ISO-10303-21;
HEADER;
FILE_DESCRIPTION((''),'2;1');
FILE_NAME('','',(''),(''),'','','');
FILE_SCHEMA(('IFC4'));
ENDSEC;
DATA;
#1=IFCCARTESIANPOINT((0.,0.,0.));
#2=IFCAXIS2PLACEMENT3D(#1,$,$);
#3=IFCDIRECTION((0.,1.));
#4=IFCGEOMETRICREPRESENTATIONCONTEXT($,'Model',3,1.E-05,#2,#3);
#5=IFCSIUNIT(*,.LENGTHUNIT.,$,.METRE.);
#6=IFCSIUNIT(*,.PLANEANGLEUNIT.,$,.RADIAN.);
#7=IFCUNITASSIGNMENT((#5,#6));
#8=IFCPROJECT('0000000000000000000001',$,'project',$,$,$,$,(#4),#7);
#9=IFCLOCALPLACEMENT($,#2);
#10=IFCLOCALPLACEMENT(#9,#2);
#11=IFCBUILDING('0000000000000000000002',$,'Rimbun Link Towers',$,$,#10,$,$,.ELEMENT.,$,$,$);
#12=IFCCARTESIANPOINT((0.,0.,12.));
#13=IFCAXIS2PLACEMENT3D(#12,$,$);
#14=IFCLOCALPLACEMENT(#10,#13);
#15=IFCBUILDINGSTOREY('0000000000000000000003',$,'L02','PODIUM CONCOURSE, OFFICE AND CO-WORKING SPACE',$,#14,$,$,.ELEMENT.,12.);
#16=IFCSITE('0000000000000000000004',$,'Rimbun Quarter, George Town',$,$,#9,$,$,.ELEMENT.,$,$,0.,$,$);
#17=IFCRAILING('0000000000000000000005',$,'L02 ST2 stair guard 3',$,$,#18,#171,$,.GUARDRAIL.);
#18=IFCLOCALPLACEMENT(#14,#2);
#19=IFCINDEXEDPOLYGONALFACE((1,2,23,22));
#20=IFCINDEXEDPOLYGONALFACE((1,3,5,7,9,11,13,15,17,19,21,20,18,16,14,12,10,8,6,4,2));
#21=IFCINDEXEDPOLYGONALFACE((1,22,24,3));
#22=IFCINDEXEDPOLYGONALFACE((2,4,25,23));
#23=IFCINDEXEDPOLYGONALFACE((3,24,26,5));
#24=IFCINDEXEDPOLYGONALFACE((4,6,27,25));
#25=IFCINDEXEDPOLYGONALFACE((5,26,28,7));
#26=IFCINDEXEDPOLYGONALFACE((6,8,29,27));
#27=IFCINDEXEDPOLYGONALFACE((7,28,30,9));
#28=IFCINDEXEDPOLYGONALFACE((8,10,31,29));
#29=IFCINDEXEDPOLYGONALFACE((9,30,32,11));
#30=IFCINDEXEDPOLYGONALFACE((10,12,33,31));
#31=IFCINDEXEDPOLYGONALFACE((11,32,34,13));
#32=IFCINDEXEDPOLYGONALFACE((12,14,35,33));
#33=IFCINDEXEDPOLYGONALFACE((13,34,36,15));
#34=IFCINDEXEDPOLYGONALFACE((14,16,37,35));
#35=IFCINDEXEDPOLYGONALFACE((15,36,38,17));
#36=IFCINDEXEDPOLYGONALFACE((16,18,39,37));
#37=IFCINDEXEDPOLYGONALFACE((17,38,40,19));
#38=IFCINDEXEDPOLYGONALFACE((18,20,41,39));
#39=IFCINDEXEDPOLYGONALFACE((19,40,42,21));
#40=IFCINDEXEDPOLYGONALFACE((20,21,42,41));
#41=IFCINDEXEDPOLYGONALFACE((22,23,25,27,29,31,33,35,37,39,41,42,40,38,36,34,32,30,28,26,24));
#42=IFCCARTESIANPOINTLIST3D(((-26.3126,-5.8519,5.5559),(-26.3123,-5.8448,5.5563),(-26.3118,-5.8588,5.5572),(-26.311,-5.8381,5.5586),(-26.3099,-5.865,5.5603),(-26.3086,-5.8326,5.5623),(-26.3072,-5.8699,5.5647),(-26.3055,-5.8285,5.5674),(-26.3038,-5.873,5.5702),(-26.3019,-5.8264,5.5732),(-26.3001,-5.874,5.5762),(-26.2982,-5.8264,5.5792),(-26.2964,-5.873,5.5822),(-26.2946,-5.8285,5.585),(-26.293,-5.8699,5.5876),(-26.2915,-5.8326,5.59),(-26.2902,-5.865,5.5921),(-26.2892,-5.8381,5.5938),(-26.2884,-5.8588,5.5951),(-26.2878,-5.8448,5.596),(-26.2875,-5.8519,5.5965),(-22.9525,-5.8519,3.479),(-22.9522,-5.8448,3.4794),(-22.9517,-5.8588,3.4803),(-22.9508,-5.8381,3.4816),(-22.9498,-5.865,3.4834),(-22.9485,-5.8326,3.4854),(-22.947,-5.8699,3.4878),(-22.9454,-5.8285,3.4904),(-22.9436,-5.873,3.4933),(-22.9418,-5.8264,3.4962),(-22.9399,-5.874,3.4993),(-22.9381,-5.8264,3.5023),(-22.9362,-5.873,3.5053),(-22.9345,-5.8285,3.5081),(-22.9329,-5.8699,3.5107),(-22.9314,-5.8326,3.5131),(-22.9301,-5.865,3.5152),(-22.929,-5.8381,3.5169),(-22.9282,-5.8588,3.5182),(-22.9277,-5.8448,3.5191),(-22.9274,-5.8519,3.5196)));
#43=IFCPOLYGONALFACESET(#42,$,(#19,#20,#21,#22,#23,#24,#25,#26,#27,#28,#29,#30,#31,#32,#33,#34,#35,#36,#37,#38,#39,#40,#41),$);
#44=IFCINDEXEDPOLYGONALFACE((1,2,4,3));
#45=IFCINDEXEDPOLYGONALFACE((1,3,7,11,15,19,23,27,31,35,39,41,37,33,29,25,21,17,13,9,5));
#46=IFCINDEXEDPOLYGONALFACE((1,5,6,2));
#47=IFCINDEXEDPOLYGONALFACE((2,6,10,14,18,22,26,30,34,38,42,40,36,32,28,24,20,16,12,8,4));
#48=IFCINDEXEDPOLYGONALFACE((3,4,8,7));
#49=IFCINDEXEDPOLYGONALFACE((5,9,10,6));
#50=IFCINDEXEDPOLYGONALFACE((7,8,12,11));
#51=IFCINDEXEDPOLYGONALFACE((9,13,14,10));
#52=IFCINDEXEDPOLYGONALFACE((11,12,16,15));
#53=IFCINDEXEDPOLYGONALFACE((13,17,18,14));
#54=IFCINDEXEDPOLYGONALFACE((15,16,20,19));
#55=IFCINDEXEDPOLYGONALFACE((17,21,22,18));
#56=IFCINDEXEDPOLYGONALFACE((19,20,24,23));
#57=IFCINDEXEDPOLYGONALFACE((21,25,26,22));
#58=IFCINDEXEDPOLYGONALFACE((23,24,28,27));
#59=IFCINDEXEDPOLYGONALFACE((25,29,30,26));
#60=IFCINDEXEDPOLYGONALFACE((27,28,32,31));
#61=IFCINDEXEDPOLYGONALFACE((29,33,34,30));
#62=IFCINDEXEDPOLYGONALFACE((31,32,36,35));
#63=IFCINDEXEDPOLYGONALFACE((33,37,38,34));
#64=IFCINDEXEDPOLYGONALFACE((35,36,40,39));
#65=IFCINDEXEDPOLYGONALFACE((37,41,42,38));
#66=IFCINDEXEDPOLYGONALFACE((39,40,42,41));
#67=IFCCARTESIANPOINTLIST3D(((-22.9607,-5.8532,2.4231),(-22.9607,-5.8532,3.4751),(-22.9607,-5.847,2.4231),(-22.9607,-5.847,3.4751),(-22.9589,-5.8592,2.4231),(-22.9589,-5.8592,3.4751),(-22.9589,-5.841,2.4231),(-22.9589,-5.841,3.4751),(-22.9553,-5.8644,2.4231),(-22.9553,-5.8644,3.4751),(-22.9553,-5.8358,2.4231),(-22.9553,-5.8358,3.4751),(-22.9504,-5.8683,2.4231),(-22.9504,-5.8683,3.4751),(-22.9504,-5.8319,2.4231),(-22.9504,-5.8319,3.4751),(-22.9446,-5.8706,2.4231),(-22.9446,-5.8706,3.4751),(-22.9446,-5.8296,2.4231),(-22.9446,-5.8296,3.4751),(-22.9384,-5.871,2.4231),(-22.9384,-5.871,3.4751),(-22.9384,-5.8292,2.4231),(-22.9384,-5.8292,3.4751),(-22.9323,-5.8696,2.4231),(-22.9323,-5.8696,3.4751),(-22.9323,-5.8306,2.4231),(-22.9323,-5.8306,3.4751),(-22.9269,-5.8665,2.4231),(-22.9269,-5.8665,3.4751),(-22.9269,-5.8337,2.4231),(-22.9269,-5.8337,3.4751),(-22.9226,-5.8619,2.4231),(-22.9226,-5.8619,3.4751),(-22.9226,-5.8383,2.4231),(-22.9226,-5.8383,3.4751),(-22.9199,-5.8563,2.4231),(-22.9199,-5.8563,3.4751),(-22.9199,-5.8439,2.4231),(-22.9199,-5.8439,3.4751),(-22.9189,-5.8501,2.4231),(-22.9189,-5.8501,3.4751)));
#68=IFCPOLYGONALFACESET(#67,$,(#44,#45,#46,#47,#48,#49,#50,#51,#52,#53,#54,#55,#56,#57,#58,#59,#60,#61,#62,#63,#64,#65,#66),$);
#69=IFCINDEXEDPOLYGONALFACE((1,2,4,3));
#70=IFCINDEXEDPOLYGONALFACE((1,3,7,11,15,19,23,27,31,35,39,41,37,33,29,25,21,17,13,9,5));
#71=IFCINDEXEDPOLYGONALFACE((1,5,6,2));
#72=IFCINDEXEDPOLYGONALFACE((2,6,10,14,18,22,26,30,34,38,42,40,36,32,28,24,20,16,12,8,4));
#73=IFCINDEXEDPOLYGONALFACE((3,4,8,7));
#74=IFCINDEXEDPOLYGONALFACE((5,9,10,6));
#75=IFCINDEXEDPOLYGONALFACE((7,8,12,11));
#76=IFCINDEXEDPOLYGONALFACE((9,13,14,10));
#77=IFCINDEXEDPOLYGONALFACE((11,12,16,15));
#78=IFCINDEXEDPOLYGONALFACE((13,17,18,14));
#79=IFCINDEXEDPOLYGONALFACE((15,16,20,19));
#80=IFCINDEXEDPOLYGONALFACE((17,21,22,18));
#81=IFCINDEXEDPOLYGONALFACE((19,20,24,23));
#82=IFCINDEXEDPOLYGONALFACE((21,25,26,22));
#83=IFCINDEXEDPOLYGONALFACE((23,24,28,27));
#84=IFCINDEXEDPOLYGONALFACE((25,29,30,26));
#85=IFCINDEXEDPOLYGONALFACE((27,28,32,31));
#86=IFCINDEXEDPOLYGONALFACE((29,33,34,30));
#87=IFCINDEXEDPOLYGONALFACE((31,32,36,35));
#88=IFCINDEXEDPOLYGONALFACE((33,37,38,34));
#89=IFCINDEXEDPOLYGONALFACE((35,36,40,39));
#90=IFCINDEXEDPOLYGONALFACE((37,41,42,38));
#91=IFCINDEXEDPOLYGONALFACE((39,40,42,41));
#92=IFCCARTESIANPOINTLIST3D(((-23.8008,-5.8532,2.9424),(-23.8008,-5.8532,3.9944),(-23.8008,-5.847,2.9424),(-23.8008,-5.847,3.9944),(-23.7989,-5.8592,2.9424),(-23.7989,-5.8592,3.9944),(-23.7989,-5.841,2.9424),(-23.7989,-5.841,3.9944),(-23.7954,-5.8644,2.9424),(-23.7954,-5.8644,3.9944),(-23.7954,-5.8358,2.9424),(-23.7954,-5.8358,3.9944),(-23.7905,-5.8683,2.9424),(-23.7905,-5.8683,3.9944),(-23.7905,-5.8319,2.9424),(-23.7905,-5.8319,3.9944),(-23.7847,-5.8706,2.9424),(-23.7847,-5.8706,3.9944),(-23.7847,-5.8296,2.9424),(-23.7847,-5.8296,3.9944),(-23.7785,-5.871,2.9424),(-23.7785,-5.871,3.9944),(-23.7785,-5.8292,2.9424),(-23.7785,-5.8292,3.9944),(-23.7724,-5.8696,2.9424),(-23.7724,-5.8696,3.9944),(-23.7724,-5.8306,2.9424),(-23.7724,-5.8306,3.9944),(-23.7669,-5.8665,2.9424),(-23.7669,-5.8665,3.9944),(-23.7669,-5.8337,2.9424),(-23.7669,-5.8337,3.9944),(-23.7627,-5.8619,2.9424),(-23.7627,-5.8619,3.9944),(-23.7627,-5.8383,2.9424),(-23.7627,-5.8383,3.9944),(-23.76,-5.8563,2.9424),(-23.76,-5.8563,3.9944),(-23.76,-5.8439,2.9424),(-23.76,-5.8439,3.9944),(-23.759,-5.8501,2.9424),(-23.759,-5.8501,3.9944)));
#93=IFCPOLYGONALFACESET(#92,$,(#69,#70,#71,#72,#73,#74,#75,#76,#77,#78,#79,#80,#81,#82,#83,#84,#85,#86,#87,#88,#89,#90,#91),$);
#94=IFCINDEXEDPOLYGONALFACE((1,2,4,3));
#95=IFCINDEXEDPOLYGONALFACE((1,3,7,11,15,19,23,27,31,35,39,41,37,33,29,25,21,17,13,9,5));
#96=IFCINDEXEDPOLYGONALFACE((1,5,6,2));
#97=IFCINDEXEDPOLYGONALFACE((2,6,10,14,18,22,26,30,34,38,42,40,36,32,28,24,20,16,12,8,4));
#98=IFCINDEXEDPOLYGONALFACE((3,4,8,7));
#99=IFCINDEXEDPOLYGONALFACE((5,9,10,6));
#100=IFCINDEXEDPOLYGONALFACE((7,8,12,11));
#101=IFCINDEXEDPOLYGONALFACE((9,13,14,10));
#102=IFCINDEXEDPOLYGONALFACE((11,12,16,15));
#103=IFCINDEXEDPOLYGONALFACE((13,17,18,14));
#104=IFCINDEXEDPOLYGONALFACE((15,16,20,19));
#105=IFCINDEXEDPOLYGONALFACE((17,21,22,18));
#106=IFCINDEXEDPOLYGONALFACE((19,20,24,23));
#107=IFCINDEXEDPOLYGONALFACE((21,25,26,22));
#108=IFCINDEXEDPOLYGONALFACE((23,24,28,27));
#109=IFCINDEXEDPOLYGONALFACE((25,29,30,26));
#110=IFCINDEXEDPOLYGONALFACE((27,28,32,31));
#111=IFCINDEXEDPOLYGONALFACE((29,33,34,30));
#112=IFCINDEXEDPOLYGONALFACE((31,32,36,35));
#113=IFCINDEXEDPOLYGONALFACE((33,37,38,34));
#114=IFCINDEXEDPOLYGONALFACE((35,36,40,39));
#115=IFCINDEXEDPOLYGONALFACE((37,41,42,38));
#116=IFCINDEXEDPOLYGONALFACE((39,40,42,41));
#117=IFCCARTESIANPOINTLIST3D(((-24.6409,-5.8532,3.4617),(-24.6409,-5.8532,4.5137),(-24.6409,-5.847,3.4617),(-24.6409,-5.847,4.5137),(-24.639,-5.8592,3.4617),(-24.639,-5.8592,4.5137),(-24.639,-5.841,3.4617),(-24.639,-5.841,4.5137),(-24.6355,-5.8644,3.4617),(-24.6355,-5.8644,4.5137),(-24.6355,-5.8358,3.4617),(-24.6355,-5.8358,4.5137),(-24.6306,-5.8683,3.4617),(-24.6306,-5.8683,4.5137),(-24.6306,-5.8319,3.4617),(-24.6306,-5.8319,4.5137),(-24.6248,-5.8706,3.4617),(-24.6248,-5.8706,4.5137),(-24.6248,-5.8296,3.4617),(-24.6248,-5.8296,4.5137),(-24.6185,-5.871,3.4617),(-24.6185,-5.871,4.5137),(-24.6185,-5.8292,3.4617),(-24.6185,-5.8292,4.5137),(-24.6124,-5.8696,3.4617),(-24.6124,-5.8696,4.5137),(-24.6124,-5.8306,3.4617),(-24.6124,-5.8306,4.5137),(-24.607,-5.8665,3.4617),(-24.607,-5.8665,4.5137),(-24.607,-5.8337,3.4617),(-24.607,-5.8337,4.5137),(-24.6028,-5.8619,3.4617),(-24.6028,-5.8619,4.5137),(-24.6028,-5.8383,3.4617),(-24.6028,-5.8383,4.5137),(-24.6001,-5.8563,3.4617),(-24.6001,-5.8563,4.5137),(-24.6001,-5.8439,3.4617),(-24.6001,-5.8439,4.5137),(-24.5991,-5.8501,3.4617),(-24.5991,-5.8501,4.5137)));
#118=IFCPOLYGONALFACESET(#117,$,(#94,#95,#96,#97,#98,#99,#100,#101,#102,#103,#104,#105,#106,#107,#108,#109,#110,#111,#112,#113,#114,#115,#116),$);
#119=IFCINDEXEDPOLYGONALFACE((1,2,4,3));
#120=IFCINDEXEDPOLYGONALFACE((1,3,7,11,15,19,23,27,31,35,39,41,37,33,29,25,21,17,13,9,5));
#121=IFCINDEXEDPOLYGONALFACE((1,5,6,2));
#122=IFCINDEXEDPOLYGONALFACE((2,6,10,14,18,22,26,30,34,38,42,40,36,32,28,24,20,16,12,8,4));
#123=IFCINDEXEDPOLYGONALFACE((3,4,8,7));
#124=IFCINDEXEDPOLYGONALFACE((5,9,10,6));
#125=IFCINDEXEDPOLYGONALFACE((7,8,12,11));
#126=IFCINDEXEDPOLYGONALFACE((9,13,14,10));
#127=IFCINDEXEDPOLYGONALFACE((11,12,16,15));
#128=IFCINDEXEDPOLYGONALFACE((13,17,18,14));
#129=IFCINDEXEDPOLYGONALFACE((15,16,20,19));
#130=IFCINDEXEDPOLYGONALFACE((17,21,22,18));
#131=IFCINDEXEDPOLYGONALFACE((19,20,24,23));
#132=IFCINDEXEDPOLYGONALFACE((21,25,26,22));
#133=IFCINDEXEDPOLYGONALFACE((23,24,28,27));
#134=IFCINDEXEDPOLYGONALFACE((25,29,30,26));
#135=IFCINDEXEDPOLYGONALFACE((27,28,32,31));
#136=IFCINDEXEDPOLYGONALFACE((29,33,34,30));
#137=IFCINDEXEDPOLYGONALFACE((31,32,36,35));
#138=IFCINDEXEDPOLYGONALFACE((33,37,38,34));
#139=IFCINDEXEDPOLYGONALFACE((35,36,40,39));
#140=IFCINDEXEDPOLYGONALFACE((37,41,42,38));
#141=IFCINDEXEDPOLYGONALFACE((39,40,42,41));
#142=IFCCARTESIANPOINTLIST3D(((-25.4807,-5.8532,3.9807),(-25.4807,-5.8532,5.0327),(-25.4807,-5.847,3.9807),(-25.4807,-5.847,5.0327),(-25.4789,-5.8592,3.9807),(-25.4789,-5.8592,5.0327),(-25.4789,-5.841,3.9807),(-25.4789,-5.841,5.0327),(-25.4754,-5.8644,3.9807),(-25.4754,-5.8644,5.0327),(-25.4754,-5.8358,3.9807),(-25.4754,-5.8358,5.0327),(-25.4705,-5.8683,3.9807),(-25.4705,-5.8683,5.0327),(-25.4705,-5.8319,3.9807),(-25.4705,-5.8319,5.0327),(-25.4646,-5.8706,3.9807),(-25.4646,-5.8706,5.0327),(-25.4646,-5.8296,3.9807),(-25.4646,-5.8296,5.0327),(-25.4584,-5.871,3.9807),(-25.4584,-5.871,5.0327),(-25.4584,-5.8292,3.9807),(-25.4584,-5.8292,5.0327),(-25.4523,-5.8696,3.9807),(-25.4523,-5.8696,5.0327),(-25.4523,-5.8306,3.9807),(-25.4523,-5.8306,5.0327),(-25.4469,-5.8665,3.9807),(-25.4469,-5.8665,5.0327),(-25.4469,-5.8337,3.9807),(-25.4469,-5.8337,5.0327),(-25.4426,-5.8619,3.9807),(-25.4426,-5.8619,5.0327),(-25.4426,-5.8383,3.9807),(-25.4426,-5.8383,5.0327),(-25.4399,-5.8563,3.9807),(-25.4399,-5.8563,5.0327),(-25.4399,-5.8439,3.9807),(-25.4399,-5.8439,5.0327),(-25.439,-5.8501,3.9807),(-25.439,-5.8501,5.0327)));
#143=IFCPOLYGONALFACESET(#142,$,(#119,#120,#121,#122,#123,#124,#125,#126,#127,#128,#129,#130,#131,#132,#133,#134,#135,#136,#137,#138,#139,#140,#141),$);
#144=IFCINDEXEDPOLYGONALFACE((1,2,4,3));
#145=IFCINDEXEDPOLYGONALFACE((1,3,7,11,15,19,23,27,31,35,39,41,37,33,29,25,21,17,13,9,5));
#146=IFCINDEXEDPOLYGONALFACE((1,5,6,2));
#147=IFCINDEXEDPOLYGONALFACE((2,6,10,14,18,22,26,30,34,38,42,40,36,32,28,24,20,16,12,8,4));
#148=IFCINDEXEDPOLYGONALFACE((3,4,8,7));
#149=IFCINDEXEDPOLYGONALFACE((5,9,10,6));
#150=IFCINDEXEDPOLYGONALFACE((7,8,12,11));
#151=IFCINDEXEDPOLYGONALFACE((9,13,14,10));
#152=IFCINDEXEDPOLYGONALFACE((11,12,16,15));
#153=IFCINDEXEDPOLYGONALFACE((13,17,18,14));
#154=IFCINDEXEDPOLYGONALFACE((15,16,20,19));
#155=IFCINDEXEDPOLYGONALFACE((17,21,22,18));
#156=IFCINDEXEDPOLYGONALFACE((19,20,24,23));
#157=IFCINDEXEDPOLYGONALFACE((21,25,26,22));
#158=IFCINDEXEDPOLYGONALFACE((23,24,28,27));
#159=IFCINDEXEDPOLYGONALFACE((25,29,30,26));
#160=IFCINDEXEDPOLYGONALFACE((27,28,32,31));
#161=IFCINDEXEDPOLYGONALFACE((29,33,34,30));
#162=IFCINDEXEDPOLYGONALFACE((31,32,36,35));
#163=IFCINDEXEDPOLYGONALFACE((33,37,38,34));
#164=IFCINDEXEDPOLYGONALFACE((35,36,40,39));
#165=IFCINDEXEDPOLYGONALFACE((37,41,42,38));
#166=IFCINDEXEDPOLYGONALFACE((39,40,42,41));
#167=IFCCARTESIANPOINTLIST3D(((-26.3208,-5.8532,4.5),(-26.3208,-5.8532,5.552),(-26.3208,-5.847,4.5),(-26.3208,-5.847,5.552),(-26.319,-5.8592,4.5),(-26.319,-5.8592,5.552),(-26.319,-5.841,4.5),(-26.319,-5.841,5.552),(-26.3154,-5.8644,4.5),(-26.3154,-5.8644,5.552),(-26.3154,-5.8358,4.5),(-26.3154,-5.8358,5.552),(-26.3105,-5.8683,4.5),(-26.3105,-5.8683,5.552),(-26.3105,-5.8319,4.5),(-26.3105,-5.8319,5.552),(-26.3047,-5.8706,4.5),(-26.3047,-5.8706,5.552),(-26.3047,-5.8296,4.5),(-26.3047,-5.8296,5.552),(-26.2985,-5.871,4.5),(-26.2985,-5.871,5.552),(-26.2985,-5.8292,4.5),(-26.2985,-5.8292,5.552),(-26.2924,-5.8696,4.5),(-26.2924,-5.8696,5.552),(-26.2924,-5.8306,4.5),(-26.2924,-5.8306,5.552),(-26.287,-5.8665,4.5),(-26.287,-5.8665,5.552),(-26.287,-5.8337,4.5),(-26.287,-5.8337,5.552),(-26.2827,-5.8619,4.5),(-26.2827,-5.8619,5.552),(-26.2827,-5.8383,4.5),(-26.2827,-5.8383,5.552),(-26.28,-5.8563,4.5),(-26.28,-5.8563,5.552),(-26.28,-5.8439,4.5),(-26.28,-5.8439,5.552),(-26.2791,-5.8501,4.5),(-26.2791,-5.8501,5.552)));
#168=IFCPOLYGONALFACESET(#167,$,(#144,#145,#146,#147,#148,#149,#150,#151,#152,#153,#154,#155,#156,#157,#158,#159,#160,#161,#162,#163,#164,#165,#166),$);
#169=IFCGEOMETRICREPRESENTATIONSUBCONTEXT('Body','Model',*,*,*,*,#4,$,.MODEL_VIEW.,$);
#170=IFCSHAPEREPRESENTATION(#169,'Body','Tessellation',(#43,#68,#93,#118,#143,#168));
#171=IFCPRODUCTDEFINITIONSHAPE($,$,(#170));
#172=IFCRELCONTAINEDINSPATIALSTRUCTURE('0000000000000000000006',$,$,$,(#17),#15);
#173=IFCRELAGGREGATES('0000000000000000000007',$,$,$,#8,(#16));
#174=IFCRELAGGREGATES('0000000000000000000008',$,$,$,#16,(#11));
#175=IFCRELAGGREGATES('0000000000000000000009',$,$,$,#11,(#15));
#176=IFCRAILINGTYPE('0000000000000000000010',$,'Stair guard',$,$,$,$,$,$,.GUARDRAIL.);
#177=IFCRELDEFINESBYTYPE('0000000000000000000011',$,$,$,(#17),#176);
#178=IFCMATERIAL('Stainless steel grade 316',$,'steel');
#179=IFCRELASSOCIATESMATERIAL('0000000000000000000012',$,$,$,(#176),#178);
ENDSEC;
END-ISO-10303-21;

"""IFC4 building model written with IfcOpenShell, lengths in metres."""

from ifc_helpers import new_model, si_unit, direction, frame, origin, origin_2d, place, context, subcontext, project, spatial, circle, extrude, material, type_object, element, save


model = new_model("IFC4")

# Units and contexts
model_context = context("Model", 3, precision=1e-05, world=origin(), true_north=direction((0.0, 1.0)))
body_context = subcontext(model_context, "Body", "Model", "MODEL_VIEW")
ifc_project = project(units=[si_unit("LENGTHUNIT", "METRE"), si_unit("PLANEANGLEUNIT", "RADIAN")], contexts=[model_context])

# Site, building, storey
site_placement = place(None, origin())
site = spatial("IfcSite", under=ifc_project, at=site_placement, Name="Rimbun Quarter, George Town", CompositionType="ELEMENT", RefElevation=0.0)
building_placement = place(site_placement, origin())
building = spatial("IfcBuilding", under=site, at=building_placement, Name="Rimbun Link Towers", CompositionType="ELEMENT")
storey_placement = place(building_placement, frame((0.0, 0.0, 12.0)))
storey = spatial("IfcBuildingStorey", under=building, at=storey_placement, Name="L02", Description="PODIUM CONCOURSE, OFFICE AND CO-WORKING SPACE", CompositionType="ELEMENT", Elevation=12.0)

# Railing
ifc_material_1 = material(Name="Stainless steel grade 316", Category="steel")
railing_type_1 = type_object("IfcRailingType", Name="Stair guard", PredefinedType="GUARDRAIL", material=ifc_material_1)
railing_1_placement = place(storey_placement, frame((-22.9399, -5.8501, 2.4231)))
element("IfcRailing", 1, at=railing_1_placement, inside=storey, type_object=railing_type_1, Name="L02 ST2 stair guard 3", PredefinedType="GUARDRAIL", context=body_context, shape_type="SweptSolid", body=[
    extrude(circle(Radius=0.0239, at=origin_2d()), frame((0.0, 0.0, 1.0762), z_axis=(-0.850623, 0.0, 0.525776), x_axis=(0.0, -1.0, 0.0)), (0.0, 0.0, 1.0), 3.9502),
    extrude(circle(Radius=0.021, at=origin_2d()), origin(), (0.0, 0.0, 1.0), 1.052),
    extrude(circle(Radius=0.021, at=origin_2d()), frame((-0.8401, 0.0, 0.5193)), (0.0, 0.0, 1.0), 1.052),
    extrude(circle(Radius=0.021, at=origin_2d()), frame((-1.6802, 0.0, 1.0386)), (0.0, 0.0, 1.0), 1.052),
    extrude(circle(Radius=0.021, at=origin_2d()), frame((-2.52, 0.0, 1.5576)), (0.0, 0.0, 1.0), 1.052),
    extrude(circle(Radius=0.021, at=origin_2d()), frame((-3.3601, 0.0, 2.0769)), (0.0, 0.0, 1.0), 1.052),
])

save(model, "model.ifc")
